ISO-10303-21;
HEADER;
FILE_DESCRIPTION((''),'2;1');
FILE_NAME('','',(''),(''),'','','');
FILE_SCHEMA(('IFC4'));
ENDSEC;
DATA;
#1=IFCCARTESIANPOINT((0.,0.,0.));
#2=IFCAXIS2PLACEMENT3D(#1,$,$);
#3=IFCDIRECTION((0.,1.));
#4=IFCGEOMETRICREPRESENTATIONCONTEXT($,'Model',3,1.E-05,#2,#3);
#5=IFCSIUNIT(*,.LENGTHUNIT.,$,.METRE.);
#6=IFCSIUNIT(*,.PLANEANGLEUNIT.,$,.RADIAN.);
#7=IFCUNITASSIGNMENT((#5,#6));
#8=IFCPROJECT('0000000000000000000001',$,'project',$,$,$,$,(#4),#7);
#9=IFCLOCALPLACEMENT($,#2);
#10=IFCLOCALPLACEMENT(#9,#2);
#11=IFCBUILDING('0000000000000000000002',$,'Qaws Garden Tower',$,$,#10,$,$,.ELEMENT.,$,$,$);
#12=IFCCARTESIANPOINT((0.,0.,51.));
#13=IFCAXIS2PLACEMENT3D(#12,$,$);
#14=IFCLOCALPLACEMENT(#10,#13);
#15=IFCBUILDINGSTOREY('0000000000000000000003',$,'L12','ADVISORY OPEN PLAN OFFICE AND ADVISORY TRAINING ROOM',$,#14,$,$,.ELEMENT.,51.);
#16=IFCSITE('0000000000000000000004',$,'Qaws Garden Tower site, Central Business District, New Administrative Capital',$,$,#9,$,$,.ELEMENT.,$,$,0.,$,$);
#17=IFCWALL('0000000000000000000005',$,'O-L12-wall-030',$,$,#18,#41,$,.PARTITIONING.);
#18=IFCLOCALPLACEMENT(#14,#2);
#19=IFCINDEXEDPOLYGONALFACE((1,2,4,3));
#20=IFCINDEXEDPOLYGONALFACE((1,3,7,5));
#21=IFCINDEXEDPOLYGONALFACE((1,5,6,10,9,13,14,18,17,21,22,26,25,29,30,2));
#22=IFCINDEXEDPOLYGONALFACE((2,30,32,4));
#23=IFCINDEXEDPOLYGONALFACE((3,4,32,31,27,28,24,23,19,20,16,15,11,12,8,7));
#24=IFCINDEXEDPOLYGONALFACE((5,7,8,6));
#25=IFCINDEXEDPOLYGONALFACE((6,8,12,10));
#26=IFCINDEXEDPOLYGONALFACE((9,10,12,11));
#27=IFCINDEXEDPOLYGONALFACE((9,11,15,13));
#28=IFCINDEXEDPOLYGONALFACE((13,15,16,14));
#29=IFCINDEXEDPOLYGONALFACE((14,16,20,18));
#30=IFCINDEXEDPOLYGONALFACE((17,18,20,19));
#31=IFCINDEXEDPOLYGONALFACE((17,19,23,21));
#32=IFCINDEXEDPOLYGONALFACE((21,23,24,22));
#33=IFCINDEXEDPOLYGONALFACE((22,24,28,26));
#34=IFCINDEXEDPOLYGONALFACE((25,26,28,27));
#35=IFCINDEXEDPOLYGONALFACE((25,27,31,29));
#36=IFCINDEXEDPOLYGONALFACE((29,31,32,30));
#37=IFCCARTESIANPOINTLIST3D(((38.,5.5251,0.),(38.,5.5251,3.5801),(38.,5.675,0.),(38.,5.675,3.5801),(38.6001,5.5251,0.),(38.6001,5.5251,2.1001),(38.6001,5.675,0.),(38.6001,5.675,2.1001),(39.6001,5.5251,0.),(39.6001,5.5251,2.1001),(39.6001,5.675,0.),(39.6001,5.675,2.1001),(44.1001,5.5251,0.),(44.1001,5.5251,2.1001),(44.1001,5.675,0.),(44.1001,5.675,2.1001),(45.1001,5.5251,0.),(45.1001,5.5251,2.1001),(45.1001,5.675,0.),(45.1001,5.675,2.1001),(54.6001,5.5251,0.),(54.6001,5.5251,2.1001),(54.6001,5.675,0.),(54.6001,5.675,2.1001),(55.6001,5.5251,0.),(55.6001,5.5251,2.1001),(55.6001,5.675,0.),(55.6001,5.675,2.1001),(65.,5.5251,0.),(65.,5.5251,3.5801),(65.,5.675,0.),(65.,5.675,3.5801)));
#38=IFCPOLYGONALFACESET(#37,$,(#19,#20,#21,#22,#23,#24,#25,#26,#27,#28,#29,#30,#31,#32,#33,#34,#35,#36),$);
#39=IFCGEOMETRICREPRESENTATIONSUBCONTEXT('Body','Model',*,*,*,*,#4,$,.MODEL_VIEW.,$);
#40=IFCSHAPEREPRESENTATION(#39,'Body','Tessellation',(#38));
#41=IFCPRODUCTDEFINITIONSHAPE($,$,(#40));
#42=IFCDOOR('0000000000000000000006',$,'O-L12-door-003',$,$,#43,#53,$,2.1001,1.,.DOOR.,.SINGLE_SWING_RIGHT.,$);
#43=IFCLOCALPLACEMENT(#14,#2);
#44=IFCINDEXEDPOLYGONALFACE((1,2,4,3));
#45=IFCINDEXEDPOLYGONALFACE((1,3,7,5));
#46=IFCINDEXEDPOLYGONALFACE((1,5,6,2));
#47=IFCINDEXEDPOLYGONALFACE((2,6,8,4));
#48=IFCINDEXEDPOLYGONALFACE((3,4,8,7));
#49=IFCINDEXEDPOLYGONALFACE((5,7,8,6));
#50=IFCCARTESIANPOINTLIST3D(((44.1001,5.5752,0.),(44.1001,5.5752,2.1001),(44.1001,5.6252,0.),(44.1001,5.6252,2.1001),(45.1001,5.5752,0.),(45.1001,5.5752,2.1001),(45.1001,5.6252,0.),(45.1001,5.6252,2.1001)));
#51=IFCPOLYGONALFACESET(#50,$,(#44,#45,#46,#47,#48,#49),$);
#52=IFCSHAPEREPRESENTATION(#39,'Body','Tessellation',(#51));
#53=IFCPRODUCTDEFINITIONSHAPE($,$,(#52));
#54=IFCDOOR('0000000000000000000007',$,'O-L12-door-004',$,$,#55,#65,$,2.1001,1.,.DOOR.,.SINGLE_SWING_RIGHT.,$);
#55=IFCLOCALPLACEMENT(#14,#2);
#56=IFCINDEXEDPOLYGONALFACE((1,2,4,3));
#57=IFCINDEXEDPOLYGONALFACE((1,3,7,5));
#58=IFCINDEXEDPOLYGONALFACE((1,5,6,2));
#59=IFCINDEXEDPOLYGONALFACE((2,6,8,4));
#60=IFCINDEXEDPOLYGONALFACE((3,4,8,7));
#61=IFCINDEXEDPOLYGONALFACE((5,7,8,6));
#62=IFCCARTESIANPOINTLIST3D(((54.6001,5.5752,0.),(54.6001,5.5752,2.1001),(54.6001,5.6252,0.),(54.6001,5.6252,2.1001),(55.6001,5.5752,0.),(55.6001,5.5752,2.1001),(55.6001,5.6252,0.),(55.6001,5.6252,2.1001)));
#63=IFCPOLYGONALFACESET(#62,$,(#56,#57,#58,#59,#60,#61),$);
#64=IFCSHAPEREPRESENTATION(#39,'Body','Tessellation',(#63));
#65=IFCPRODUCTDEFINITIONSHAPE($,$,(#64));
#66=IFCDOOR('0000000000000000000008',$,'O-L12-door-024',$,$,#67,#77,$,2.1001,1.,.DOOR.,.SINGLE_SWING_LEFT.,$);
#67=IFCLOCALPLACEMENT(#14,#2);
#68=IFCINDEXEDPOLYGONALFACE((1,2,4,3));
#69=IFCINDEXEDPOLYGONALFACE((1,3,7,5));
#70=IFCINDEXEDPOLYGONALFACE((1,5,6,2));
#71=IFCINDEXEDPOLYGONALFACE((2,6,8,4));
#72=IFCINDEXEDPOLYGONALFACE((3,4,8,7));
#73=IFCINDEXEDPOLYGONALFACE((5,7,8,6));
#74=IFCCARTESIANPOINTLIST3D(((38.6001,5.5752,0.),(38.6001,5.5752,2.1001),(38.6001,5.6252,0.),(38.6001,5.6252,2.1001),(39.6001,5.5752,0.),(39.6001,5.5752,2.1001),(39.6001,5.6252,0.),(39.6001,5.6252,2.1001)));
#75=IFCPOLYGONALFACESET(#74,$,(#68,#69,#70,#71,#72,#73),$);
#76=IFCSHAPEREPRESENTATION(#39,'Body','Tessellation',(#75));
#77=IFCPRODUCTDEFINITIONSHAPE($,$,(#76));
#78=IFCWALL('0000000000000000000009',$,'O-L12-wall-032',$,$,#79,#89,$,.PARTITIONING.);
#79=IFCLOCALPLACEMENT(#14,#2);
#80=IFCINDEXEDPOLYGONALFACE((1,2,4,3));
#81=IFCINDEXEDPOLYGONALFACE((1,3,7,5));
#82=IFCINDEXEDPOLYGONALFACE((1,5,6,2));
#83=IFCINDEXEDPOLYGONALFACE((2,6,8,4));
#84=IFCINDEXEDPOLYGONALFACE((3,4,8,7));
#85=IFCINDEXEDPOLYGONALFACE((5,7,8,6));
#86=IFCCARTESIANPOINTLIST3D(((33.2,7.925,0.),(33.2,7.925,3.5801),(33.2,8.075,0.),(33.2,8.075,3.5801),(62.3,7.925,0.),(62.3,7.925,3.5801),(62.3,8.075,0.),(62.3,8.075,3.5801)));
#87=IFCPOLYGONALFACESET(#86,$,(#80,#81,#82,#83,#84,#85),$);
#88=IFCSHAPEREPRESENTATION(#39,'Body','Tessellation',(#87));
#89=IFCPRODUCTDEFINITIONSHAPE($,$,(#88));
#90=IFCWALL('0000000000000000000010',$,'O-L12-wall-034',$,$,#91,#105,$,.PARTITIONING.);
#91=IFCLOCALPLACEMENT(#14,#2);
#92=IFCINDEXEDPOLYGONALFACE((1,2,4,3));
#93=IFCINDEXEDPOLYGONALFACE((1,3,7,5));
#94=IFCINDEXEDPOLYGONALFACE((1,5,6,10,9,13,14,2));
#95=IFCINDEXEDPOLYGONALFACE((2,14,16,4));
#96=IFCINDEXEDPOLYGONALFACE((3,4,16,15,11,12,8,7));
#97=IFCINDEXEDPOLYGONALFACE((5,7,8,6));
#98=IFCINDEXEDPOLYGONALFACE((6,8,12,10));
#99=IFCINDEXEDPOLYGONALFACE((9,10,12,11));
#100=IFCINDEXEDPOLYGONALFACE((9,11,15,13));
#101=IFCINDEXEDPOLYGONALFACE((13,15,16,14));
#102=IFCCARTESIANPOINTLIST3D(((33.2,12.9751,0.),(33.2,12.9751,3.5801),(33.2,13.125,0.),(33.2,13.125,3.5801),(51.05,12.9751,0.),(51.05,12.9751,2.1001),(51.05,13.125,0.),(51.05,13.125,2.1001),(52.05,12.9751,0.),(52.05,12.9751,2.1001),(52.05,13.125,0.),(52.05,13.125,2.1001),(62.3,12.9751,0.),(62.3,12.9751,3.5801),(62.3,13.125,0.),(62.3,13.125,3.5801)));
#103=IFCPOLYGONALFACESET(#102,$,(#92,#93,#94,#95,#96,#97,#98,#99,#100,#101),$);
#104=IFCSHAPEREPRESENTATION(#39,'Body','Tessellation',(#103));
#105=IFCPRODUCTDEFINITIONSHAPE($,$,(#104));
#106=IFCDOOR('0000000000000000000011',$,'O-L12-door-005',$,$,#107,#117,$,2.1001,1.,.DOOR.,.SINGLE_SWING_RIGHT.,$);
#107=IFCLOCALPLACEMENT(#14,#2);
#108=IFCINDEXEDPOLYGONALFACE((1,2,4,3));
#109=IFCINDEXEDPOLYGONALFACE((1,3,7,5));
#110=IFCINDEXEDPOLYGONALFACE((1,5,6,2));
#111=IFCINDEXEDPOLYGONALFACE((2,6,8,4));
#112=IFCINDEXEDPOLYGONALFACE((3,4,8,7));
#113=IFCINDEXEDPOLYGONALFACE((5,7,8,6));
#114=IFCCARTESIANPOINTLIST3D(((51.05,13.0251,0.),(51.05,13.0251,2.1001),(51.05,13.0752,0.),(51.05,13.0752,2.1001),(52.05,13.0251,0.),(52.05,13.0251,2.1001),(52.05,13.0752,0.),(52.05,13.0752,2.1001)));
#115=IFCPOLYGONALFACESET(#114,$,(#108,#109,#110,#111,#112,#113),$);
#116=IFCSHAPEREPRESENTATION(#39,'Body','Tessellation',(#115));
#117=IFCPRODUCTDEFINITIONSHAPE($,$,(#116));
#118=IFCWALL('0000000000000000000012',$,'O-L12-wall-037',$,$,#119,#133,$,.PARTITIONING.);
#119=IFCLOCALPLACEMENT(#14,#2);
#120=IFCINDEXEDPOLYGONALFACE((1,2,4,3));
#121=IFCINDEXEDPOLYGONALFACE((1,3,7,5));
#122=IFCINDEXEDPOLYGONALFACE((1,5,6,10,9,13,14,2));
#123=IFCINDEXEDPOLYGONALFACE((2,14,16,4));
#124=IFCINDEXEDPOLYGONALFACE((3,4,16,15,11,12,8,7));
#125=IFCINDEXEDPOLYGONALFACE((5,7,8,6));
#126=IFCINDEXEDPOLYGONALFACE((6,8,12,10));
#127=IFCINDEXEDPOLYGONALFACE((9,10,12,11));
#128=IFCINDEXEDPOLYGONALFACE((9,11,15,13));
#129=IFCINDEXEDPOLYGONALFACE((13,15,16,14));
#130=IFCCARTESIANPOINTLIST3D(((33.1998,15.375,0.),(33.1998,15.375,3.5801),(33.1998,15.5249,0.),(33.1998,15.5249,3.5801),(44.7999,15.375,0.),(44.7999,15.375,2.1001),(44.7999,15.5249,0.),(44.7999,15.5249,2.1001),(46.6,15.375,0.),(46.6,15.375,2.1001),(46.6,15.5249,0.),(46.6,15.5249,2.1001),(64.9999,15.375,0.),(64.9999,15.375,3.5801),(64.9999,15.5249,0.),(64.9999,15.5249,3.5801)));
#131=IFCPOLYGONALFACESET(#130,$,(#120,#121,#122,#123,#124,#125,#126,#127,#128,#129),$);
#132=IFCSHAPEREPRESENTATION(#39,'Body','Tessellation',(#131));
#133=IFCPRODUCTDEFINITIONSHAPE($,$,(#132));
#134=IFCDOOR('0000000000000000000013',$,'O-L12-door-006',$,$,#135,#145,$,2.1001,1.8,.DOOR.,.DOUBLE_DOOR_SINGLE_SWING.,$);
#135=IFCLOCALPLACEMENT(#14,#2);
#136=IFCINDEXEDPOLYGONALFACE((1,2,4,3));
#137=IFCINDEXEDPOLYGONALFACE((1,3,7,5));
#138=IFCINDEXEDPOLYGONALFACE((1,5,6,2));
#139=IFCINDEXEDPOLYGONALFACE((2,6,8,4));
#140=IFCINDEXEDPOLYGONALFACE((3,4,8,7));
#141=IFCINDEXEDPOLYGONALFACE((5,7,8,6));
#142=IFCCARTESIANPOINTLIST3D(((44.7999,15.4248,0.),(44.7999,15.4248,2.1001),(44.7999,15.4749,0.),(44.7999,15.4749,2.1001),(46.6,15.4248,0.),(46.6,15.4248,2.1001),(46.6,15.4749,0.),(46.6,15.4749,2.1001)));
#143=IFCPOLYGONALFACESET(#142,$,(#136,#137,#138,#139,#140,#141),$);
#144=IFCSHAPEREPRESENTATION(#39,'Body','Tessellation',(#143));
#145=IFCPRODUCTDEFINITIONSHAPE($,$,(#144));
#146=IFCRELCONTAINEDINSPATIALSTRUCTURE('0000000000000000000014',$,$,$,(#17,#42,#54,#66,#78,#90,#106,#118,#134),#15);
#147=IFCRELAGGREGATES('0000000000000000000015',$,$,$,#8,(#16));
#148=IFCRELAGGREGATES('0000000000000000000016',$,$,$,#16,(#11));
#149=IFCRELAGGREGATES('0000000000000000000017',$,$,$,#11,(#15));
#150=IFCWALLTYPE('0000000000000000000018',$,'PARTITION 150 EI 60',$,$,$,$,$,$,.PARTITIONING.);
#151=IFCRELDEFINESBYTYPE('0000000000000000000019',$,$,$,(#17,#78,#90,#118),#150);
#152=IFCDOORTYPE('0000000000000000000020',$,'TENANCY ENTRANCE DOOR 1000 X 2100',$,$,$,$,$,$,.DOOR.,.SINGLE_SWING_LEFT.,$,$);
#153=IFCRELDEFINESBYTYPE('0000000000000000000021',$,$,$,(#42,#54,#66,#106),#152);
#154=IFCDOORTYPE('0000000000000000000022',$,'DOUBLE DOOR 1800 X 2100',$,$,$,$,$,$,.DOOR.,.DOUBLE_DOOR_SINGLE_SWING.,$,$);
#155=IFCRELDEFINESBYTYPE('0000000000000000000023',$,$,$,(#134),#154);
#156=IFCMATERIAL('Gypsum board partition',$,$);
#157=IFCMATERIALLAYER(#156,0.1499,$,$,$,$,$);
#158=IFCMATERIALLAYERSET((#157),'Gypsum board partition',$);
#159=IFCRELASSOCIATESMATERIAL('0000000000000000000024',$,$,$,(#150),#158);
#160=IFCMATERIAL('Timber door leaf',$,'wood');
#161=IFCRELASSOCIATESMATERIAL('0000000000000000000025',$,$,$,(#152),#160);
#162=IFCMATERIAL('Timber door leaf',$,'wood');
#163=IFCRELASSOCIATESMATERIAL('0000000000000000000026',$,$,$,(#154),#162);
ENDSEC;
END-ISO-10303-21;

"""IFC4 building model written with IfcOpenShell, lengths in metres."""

from ifc_helpers import new_model, si_unit, direction, frame, frame_2d, origin, place, context, subcontext, project, spatial, rectangle, extrude, material, layer, layer_set, type_object, element, fill, save


model = new_model("IFC4")

# Units and contexts
model_context = context("Model", 3, precision=1e-05, world=origin(), true_north=direction((0.0, 1.0)))
body_context = subcontext(model_context, "Body", "Model", "MODEL_VIEW")
ifc_project = project(units=[si_unit("LENGTHUNIT", "METRE"), si_unit("PLANEANGLEUNIT", "RADIAN")], contexts=[model_context])

# Site, building, storey
site_placement = place(None, origin())
site = spatial("IfcSite", under=ifc_project, at=site_placement, Name="Qaws Garden Tower site, Central Business District, New Administrative Capital", CompositionType="ELEMENT", RefElevation=0.0)
building_placement = place(site_placement, origin())
building = spatial("IfcBuilding", under=site, at=building_placement, Name="Qaws Garden Tower", CompositionType="ELEMENT")
storey_placement = place(building_placement, frame((0.0, 0.0, 51.0)))
storey = spatial("IfcBuildingStorey", under=building, at=storey_placement, Name="L12", Description="ADVISORY OPEN PLAN OFFICE AND ADVISORY TRAINING ROOM", CompositionType="ELEMENT", Elevation=51.0)

# Shared definitions
ifc_material_1 = material(Name="Gypsum board partition")
ifc_layer_1 = layer(ifc_material_1, 0.1499)
ifc_layer_set_1 = layer_set([ifc_layer_1], Name="Gypsum board partition")
wall_type_1 = type_object("IfcWallType", Name="PARTITION 150 EI 60", PredefinedType="PARTITIONING", material=ifc_layer_set_1)

# Wall, openings, doors
wall_1_placement = place(storey_placement, frame((38.0, 5.6001, 0.0), z_axis=(0.0, 0.0, 1.0), x_axis=(1.0, 0.0, 0.0)))
wall_1 = element("IfcWall", 1, at=wall_1_placement, inside=storey, type_object=wall_type_1, Name="O-L12-wall-030", PredefinedType="PARTITIONING", context=body_context, shape_type="SweptSolid", body=[
    extrude(rectangle(XDim=27.0, YDim=0.1499, at=frame_2d((13.5, 0.0))), origin(), (0.0, 0.0, 1.0), 3.5801),
])
opening_1_placement = place(wall_1_placement, frame((6.1001, 0.0, 0.0)))
opening_1 = element("IfcOpeningElement", 2, at=opening_1_placement, cuts=wall_1, PredefinedType="OPENING", context=body_context, shape_type="SweptSolid", body=[
    extrude(rectangle(XDim=1.0, YDim=2.1001, at=frame_2d((0.5, 1.05))), frame((0.0, 0.085, 0.0), z_axis=(0.0, -1.0, 0.0), x_axis=(1.0, 0.0, 0.0)), (0.0, 0.0, 1.0), 0.1699),
])
opening_2_placement = place(wall_1_placement, frame((16.6001, 0.0, 0.0)))
opening_2 = element("IfcOpeningElement", 3, at=opening_2_placement, cuts=wall_1, PredefinedType="OPENING", context=body_context, shape_type="SweptSolid", body=[
    extrude(rectangle(XDim=1.0, YDim=2.1001, at=frame_2d((0.5, 1.05))), frame((0.0, 0.085, 0.0), z_axis=(0.0, -1.0, 0.0), x_axis=(1.0, 0.0, 0.0)), (0.0, 0.0, 1.0), 0.1699),
])
opening_3_placement = place(wall_1_placement, frame((0.6001, 0.0, 0.0)))
opening_3 = element("IfcOpeningElement", 4, at=opening_3_placement, cuts=wall_1, PredefinedType="OPENING", context=body_context, shape_type="SweptSolid", body=[
    extrude(rectangle(XDim=1.0, YDim=2.1001, at=frame_2d((0.5, 1.05))), frame((0.0, 0.085, 0.0), z_axis=(0.0, -1.0, 0.0), x_axis=(1.0, 0.0, 0.0)), (0.0, 0.0, 1.0), 0.1699),
])
ifc_material_2 = material(Name="Timber door leaf", Category="wood")
door_type_1 = type_object("IfcDoorType", Name="TENANCY ENTRANCE DOOR 1000 X 2100", OperationType="SINGLE_SWING_LEFT", PredefinedType="DOOR", material=ifc_material_2)
door_1_placement = place(opening_1_placement, frame((1.0, 0.0, 0.0), z_axis=(0.0, 0.0, 1.0), x_axis=(-1.0, 0.0, 0.0)))
door_1 = element("IfcDoor", 5, at=door_1_placement, inside=storey, type_object=door_type_1, Name="O-L12-door-003", OperationType="SINGLE_SWING_RIGHT", OverallHeight=2.1001, OverallWidth=1.0, PredefinedType="DOOR", context=body_context, shape_type="SweptSolid", body=[
    extrude(rectangle(XDim=1.0, YDim=2.1001, at=frame_2d((0.5, 1.05))), frame((0.0, 0.0249, 0.0), z_axis=(0.0, -1.0, 0.0), x_axis=(1.0, 0.0, 0.0)), (0.0, 0.0, 1.0), 0.05),
])
fill(opening_1, door_1)
door_2_placement = place(opening_2_placement, frame((1.0, 0.0, 0.0), z_axis=(0.0, 0.0, 1.0), x_axis=(-1.0, 0.0, 0.0)))
door_2 = element("IfcDoor", 6, at=door_2_placement, inside=storey, type_object=door_type_1, Name="O-L12-door-004", OperationType="SINGLE_SWING_RIGHT", OverallHeight=2.1001, OverallWidth=1.0, PredefinedType="DOOR", context=body_context, shape_type="SweptSolid", body=[
    extrude(rectangle(XDim=1.0, YDim=2.1001, at=frame_2d((0.5, 1.05))), frame((0.0, 0.0249, 0.0), z_axis=(0.0, -1.0, 0.0), x_axis=(1.0, 0.0, 0.0)), (0.0, 0.0, 1.0), 0.05),
])
fill(opening_2, door_2)
door_3_placement = place(opening_3_placement, frame((1.0, 0.0, 0.0), z_axis=(0.0, 0.0, 1.0), x_axis=(-1.0, 0.0, 0.0)))
door_3 = element("IfcDoor", 7, at=door_3_placement, inside=storey, type_object=door_type_1, Name="O-L12-door-024", OperationType="SINGLE_SWING_LEFT", OverallHeight=2.1001, OverallWidth=1.0, PredefinedType="DOOR", context=body_context, shape_type="SweptSolid", body=[
    extrude(rectangle(XDim=1.0, YDim=2.1001, at=frame_2d((0.5, 1.05))), frame((0.0, 0.0249, 0.0), z_axis=(0.0, -1.0, 0.0), x_axis=(1.0, 0.0, 0.0)), (0.0, 0.0, 1.0), 0.05),
])
fill(opening_3, door_3)

# Wall
wall_2_placement = place(storey_placement, frame((33.2, 8.0, 0.0), z_axis=(0.0, 0.0, 1.0), x_axis=(1.0, 0.0, 0.0)))
element("IfcWall", 8, at=wall_2_placement, inside=storey, type_object=wall_type_1, Name="O-L12-wall-032", PredefinedType="PARTITIONING", context=body_context, shape_type="SweptSolid", body=[
    extrude(rectangle(XDim=29.1001, YDim=0.1499, at=frame_2d((14.55, 0.0))), origin(), (0.0, 0.0, 1.0), 3.5801),
])

# Walls, openings, doors
wall_3_placement = place(storey_placement, frame((33.2, 13.05, 0.0), z_axis=(0.0, 0.0, 1.0), x_axis=(1.0, 0.0, 0.0)))
wall_3 = element("IfcWall", 9, at=wall_3_placement, inside=storey, type_object=wall_type_1, Name="O-L12-wall-034", PredefinedType="PARTITIONING", context=body_context, shape_type="SweptSolid", body=[
    extrude(rectangle(XDim=29.1001, YDim=0.1499, at=frame_2d((14.55, 0.0))), origin(), (0.0, 0.0, 1.0), 3.5801),
])
opening_4_placement = place(wall_3_placement, frame((17.8501, 0.0, 0.0)))
opening_4 = element("IfcOpeningElement", 10, at=opening_4_placement, cuts=wall_3, PredefinedType="OPENING", context=body_context, shape_type="SweptSolid", body=[
    extrude(rectangle(XDim=1.0, YDim=2.1001, at=frame_2d((0.5, 1.05))), frame((0.0, 0.085, 0.0), z_axis=(0.0, -1.0, 0.0), x_axis=(1.0, 0.0, 0.0)), (0.0, 0.0, 1.0), 0.1699),
])
door_4_placement = place(opening_4_placement, frame((1.0, 0.0, 0.0), z_axis=(0.0, 0.0, 1.0), x_axis=(-1.0, 0.0, 0.0)))
door_4 = element("IfcDoor", 11, at=door_4_placement, inside=storey, type_object=door_type_1, Name="O-L12-door-005", OperationType="SINGLE_SWING_RIGHT", OverallHeight=2.1001, OverallWidth=1.0, PredefinedType="DOOR", context=body_context, shape_type="SweptSolid", body=[
    extrude(rectangle(XDim=1.0, YDim=2.1001, at=frame_2d((0.5, 1.05))), frame((0.0, 0.0249, 0.0), z_axis=(0.0, -1.0, 0.0), x_axis=(1.0, 0.0, 0.0)), (0.0, 0.0, 1.0), 0.05),
])
fill(opening_4, door_4)
wall_4_placement = place(storey_placement, frame((33.2, 15.45, 0.0), z_axis=(0.0, 0.0, 1.0), x_axis=(1.0, 0.0, 0.0)))
wall_4 = element("IfcWall", 12, at=wall_4_placement, inside=storey, type_object=wall_type_1, Name="O-L12-wall-037", PredefinedType="PARTITIONING", context=body_context, shape_type="SweptSolid", body=[
    extrude(rectangle(XDim=31.8, YDim=0.1499, at=frame_2d((15.8999, 0.0))), origin(), (0.0, 0.0, 1.0), 3.5801),
])
opening_5_placement = place(wall_4_placement, frame((11.6001, 0.0, 0.0)))
opening_5 = element("IfcOpeningElement", 13, at=opening_5_placement, cuts=wall_4, PredefinedType="OPENING", context=body_context, shape_type="SweptSolid", body=[
    extrude(rectangle(XDim=1.8, YDim=2.1001, at=frame_2d((0.8999, 1.05))), frame((0.0, 0.085, 0.0), z_axis=(0.0, -1.0, 0.0), x_axis=(1.0, 0.0, 0.0)), (0.0, 0.0, 1.0), 0.1699),
])
ifc_material_3 = material(Name="Timber door leaf", Category="wood")
door_type_2 = type_object("IfcDoorType", Name="DOUBLE DOOR 1800 X 2100", OperationType="DOUBLE_DOOR_SINGLE_SWING", PredefinedType="DOOR", material=ifc_material_3)
door_5_placement = place(opening_5_placement, origin())
door_5 = element("IfcDoor", 14, at=door_5_placement, inside=storey, type_object=door_type_2, Name="O-L12-door-006", OperationType="DOUBLE_DOOR_SINGLE_SWING", OverallHeight=2.1001, OverallWidth=1.8, PredefinedType="DOOR", context=body_context, shape_type="SweptSolid", body=[
    extrude(rectangle(XDim=1.8, YDim=2.1001, at=frame_2d((0.8999, 1.05))), frame((0.0, 0.0249, 0.0), z_axis=(0.0, -1.0, 0.0), x_axis=(1.0, 0.0, 0.0)), (0.0, 0.0, 1.0), 0.05),
])
fill(opening_5, door_5)

save(model, "model.ifc")
